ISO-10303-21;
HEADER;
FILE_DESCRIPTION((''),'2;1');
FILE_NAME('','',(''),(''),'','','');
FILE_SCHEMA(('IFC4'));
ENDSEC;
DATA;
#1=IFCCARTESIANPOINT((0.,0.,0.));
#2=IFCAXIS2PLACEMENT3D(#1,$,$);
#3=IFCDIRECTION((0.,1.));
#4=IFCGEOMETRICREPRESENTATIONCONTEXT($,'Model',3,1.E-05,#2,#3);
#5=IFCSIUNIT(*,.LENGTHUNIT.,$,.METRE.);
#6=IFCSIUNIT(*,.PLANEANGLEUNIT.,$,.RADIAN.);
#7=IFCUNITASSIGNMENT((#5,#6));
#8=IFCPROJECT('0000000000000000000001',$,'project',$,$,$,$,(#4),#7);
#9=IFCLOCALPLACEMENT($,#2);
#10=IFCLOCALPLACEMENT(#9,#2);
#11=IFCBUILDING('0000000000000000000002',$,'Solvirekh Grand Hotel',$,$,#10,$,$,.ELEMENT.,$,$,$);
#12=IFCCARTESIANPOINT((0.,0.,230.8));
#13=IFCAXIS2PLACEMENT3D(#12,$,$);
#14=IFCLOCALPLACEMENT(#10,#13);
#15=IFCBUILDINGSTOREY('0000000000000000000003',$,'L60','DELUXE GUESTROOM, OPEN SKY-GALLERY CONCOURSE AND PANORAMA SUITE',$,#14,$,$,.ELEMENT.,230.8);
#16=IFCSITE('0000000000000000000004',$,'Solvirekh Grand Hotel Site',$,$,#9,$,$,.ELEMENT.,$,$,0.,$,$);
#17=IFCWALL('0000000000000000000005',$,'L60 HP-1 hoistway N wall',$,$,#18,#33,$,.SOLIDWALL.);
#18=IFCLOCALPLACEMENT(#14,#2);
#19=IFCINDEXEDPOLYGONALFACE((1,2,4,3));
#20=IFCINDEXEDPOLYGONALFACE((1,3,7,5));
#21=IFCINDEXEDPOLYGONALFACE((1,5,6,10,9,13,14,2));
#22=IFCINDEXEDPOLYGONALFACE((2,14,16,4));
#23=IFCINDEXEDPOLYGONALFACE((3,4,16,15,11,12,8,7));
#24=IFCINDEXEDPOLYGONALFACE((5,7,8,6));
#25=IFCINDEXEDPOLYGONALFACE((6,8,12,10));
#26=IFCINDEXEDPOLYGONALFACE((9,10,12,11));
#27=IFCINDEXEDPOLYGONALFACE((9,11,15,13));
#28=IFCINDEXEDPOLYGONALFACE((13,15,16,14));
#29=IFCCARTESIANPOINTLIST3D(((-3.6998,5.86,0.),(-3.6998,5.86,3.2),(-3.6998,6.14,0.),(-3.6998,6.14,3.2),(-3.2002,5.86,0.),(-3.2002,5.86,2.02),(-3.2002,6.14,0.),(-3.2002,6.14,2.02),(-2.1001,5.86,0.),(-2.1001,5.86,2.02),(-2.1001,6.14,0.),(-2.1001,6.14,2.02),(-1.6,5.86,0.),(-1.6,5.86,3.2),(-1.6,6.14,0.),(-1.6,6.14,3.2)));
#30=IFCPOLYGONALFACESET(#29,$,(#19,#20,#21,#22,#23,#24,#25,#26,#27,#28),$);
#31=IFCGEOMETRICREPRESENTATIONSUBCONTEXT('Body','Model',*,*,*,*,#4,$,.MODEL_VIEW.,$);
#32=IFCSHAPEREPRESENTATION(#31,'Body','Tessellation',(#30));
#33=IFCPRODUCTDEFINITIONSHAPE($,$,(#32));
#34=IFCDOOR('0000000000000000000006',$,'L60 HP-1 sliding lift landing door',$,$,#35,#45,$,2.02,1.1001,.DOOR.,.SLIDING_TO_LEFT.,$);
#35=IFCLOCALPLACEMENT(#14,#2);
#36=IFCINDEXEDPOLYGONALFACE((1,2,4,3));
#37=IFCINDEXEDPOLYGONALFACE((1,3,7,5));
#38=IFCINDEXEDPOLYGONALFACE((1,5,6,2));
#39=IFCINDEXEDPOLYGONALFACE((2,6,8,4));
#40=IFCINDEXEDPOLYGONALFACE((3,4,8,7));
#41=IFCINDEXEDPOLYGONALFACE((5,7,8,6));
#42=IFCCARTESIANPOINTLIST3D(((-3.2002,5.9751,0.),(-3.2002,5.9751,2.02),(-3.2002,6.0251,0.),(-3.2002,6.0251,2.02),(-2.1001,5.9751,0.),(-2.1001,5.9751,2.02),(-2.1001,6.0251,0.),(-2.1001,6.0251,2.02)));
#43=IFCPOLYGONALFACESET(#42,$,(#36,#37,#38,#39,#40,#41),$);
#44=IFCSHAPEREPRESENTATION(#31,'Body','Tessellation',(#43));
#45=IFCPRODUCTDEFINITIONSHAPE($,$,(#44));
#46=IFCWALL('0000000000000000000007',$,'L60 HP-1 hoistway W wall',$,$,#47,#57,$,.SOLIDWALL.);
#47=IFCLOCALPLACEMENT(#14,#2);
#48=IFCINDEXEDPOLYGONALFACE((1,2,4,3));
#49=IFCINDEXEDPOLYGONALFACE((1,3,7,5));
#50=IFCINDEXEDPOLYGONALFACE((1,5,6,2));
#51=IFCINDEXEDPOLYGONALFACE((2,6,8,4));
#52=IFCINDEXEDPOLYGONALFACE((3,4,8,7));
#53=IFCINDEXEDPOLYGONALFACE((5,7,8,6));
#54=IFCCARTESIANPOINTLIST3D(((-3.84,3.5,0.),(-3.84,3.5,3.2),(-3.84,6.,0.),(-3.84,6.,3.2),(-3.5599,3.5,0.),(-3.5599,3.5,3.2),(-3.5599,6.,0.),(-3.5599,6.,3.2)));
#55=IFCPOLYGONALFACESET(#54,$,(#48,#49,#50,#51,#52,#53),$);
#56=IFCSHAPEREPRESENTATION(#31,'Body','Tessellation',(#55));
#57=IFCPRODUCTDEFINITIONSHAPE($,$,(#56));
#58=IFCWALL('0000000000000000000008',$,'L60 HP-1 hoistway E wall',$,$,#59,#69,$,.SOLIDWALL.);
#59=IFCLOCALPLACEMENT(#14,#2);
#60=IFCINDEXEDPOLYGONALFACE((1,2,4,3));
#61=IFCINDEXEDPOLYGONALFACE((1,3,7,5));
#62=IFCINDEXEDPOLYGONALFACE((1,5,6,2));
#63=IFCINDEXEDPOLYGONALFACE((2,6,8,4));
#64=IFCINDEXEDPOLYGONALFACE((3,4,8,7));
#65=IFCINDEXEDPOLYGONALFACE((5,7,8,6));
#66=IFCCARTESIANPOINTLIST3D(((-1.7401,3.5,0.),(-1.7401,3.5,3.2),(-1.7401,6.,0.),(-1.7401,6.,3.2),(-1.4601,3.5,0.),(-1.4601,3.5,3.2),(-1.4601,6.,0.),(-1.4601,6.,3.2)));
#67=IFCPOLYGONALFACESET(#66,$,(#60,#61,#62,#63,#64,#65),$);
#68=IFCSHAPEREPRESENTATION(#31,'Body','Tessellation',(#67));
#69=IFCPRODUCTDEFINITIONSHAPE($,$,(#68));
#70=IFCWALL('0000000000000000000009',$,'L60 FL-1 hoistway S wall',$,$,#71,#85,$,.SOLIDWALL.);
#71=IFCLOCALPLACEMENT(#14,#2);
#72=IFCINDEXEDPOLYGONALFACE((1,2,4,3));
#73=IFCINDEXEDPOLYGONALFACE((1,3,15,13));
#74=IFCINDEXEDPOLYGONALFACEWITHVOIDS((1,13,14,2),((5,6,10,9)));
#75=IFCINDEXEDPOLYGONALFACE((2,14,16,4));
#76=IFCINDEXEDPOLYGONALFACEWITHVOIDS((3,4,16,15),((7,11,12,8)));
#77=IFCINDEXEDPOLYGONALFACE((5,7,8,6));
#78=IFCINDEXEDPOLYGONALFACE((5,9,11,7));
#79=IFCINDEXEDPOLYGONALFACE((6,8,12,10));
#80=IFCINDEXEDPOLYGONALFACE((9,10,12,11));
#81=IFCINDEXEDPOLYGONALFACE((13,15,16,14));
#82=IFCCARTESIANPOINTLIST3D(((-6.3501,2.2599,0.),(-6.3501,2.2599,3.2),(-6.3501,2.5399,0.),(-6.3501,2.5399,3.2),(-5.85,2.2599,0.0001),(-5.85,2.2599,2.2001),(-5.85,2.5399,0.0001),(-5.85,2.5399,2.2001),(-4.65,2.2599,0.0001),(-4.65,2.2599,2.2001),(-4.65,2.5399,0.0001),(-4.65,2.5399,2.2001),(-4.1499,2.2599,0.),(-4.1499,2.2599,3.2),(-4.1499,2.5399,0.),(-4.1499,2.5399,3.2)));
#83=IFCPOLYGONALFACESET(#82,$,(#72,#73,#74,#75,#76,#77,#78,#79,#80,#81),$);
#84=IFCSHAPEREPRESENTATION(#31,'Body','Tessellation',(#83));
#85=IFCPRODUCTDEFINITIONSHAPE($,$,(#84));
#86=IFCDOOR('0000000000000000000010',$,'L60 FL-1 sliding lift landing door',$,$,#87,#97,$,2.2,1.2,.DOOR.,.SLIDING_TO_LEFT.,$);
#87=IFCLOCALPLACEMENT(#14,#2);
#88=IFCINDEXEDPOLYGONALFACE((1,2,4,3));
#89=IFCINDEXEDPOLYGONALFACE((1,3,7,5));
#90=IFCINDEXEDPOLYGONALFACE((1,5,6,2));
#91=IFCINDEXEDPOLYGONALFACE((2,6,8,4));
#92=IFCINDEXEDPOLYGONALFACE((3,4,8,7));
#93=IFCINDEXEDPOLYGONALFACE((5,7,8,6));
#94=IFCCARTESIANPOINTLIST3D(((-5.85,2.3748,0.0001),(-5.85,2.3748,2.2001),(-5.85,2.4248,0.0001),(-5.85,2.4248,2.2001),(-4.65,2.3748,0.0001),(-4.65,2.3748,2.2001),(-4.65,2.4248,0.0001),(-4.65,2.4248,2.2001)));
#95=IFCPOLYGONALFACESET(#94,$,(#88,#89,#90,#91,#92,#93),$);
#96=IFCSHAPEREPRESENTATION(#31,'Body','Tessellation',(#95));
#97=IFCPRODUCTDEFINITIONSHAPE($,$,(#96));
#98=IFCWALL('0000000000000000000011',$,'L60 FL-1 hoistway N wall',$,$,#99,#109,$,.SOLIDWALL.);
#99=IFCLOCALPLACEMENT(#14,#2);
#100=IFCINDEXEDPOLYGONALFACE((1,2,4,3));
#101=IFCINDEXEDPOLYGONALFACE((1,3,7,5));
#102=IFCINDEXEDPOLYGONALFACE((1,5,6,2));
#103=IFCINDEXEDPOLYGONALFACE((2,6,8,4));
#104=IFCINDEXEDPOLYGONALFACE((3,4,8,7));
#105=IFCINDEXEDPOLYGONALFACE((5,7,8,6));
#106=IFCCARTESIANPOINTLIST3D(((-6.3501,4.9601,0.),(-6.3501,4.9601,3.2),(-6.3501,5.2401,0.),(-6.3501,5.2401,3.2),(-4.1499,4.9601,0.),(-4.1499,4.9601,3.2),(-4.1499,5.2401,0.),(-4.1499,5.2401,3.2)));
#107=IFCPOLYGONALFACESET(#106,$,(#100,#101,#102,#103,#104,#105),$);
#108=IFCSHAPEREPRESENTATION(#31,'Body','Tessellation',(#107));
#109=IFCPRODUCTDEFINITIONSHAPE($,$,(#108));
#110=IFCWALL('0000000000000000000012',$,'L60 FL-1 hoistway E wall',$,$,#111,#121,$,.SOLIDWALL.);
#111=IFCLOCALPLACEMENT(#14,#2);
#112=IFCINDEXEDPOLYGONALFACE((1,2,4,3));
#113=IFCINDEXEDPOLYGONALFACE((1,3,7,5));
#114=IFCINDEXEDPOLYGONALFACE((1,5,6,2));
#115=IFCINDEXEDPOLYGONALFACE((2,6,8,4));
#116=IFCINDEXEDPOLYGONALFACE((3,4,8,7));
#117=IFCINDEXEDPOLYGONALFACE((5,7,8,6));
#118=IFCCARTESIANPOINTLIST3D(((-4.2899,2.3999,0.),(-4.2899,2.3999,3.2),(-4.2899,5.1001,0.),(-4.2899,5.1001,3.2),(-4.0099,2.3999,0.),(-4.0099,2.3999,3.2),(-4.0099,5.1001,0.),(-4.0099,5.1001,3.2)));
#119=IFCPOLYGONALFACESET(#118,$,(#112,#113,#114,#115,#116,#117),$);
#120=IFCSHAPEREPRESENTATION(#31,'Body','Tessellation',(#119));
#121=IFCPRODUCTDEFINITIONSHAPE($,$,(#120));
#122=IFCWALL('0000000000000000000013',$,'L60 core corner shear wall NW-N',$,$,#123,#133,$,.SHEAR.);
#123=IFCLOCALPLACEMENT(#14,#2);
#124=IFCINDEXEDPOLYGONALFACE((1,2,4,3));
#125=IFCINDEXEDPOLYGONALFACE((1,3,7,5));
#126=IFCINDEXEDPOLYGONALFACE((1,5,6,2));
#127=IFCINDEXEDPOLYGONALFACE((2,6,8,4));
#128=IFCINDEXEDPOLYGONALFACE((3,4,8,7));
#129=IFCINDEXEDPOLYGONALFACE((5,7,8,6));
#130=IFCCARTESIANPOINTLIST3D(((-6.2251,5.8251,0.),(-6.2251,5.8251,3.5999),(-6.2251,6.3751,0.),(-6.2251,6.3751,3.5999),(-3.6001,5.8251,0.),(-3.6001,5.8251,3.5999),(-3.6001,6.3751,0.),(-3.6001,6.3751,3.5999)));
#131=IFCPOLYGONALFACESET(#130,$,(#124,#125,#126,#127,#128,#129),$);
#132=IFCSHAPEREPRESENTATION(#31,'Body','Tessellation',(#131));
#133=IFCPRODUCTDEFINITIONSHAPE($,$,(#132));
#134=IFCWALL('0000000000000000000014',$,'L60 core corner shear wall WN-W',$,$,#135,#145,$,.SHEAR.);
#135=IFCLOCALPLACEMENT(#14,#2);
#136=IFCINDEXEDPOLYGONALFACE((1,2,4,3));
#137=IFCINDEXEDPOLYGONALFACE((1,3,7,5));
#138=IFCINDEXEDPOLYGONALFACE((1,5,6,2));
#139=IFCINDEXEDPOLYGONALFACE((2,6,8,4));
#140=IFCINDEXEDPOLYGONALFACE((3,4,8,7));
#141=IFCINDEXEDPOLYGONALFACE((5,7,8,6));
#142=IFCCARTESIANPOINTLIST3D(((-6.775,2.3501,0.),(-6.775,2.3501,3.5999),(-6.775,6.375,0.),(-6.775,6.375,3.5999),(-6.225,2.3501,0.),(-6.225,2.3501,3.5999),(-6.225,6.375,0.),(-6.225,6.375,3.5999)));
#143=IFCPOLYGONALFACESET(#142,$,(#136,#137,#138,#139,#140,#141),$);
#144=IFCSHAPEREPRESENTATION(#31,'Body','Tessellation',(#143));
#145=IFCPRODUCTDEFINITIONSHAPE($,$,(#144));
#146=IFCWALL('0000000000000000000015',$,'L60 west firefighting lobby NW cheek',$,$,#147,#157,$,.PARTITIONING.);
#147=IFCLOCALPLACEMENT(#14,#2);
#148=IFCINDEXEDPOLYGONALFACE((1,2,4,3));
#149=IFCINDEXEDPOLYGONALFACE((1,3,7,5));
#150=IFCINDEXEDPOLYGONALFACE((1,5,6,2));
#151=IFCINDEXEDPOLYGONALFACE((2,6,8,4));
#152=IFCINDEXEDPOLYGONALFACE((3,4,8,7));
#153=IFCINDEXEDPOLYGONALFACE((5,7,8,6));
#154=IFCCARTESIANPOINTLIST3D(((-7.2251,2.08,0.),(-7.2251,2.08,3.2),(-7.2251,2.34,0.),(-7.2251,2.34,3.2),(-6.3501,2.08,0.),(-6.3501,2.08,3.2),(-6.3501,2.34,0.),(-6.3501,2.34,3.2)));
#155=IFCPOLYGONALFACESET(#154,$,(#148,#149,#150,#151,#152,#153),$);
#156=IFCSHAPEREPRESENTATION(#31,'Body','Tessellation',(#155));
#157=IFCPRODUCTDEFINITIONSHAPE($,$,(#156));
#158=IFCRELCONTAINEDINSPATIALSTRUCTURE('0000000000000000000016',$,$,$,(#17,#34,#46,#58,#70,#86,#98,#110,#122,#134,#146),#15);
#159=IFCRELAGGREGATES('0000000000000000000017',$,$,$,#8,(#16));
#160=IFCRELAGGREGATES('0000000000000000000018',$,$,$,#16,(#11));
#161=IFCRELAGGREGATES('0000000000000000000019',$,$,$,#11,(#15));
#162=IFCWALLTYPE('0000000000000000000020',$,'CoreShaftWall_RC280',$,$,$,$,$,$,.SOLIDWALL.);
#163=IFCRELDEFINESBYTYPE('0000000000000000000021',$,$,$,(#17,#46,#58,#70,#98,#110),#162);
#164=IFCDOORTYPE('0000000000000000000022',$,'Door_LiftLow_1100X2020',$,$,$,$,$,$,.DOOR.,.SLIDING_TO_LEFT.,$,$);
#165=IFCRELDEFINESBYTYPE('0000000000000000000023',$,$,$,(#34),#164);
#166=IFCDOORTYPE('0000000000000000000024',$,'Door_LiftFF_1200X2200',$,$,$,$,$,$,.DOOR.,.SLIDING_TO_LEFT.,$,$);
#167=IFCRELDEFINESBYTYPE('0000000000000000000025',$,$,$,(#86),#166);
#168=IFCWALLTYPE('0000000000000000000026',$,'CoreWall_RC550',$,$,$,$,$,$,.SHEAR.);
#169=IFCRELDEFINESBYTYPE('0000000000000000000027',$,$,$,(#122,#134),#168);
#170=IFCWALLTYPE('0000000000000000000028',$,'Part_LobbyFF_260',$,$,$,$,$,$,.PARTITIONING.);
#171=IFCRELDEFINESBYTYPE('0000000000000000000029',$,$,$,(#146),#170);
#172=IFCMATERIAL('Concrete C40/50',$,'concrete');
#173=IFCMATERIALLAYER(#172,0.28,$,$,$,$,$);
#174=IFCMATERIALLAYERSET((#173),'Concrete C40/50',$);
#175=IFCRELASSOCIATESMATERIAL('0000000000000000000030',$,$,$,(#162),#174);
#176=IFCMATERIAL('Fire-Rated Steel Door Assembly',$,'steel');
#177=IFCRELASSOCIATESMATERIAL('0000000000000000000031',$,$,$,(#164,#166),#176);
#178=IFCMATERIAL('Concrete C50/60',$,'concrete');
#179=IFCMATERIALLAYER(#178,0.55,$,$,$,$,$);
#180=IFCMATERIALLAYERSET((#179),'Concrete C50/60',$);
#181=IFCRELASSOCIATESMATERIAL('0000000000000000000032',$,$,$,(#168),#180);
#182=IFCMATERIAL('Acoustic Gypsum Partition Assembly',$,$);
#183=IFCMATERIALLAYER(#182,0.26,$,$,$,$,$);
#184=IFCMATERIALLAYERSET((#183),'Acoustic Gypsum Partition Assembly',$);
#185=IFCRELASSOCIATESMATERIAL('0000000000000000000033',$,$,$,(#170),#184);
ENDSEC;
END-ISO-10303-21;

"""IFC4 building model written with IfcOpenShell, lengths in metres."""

from ifc_helpers import new_model, si_unit, direction, frame, frame_2d, origin, place, context, subcontext, project, spatial, rectangle, extrude, material, layer, layer_set, type_object, element, fill, save


model = new_model("IFC4")

# Units and contexts
model_context = context("Model", 3, precision=1e-05, world=origin(), true_north=direction((0.0, 1.0)))
body_context = subcontext(model_context, "Body", "Model", "MODEL_VIEW")
ifc_project = project(units=[si_unit("LENGTHUNIT", "METRE"), si_unit("PLANEANGLEUNIT", "RADIAN")], contexts=[model_context])

# Site, building, storey
site_placement = place(None, origin())
site = spatial("IfcSite", under=ifc_project, at=site_placement, Name="Solvirekh Grand Hotel Site", CompositionType="ELEMENT", RefElevation=0.0)
building_placement = place(site_placement, origin())
building = spatial("IfcBuilding", under=site, at=building_placement, Name="Solvirekh Grand Hotel", CompositionType="ELEMENT")
storey_placement = place(building_placement, frame((0.0, 0.0, 230.8)))
storey = spatial("IfcBuildingStorey", under=building, at=storey_placement, Name="L60", Description="DELUXE GUESTROOM, OPEN SKY-GALLERY CONCOURSE AND PANORAMA SUITE", CompositionType="ELEMENT", Elevation=230.8)

# Shared definitions
ifc_material_1 = material(Name="Concrete C50/60", Category="concrete")

# Wall, opening, door
ifc_material_2 = material(Name="Concrete C40/50", Category="concrete")
ifc_layer_1 = layer(ifc_material_2, 0.28)
ifc_layer_set_1 = layer_set([ifc_layer_1], Name="Concrete C40/50")
wall_type_1 = type_object("IfcWallType", Name="CoreShaftWall_RC280", PredefinedType="SOLIDWALL", material=ifc_layer_set_1)
wall_1_placement = place(storey_placement, frame((-1.6001, 6.0, 0.0), z_axis=(0.0, 0.0, 1.0), x_axis=(-1.0, 0.0, 0.0)))
wall_1 = element("IfcWall", 1, at=wall_1_placement, inside=storey, type_object=wall_type_1, Name="L60 HP-1 hoistway N wall", PredefinedType="SOLIDWALL", context=body_context, shape_type="SweptSolid", body=[
    extrude(rectangle(XDim=2.0999, YDim=0.28, at=frame_2d((1.0498, 0.0))), origin(), (0.0, 0.0, 1.0), 3.2),
])
opening_1_placement = place(wall_1_placement, frame((0.5, 0.0, 0.0)))
opening_1 = element("IfcOpeningElement", 2, at=opening_1_placement, cuts=wall_1, PredefinedType="OPENING", context=body_context, shape_type="SweptSolid", body=[
    extrude(rectangle(XDim=1.1001, YDim=2.02, at=frame_2d((0.55, 1.01))), frame((0.0, 0.1499, 0.0), z_axis=(0.0, -1.0, 0.0), x_axis=(1.0, 0.0, 0.0)), (0.0, 0.0, 1.0), 0.3),
])
ifc_material_3 = material(Name="Fire-Rated Steel Door Assembly", Category="steel")
door_type_1 = type_object("IfcDoorType", Name="Door_LiftLow_1100X2020", OperationType="SLIDING_TO_LEFT", PredefinedType="DOOR", material=ifc_material_3)
door_1_placement = place(opening_1_placement, origin())
door_1 = element("IfcDoor", 3, at=door_1_placement, inside=storey, type_object=door_type_1, Name="L60 HP-1 sliding lift landing door", OperationType="SLIDING_TO_LEFT", OverallHeight=2.02, OverallWidth=1.1001, PredefinedType="DOOR", context=body_context, shape_type="SweptSolid", body=[
    extrude(rectangle(XDim=1.1001, YDim=2.02, at=frame_2d((0.55, 1.01))), frame((0.0, 0.0249, 0.0), z_axis=(0.0, -1.0, 0.0), x_axis=(1.0, 0.0, 0.0)), (0.0, 0.0, 1.0), 0.05),
])
fill(opening_1, door_1)

# Walls
for number, where, z_axis, x_axis, name in (
    (4, (-3.7, 6.0, 0.0), (0.0, 0.0, 1.0), (0.0, -1.0, 0.0), "L60 HP-1 hoistway W wall"),
    (5, (-1.6001, 3.5, 0.0), (0.0, 0.0, 1.0), (0.0, 1.0, 0.0), "L60 HP-1 hoistway E wall"),
):
    element("IfcWall", number, at=place(storey_placement, frame(where, z_axis=z_axis, x_axis=x_axis)), inside=storey, type_object=wall_type_1, Name=name, PredefinedType="SOLIDWALL", context=body_context, shape_type="SweptSolid", body=[
        extrude(rectangle(XDim=2.5, YDim=0.28, at=frame_2d((1.25, 0.0))), origin(), (0.0, 0.0, 1.0), 3.2),
    ])

# Wall, opening, door
wall_2_placement = place(storey_placement, frame((-6.3501, 2.3999, 0.0), z_axis=(0.0, 0.0, 1.0), x_axis=(1.0, 0.0, 0.0)))
wall_2 = element("IfcWall", 6, at=wall_2_placement, inside=storey, type_object=wall_type_1, Name="L60 FL-1 hoistway S wall", PredefinedType="SOLIDWALL", context=body_context, shape_type="SweptSolid", body=[
    extrude(rectangle(XDim=2.2002, YDim=0.28, at=frame_2d((1.1001, 0.0))), origin(), (0.0, 0.0, 1.0), 3.2),
])
opening_2_placement = place(wall_2_placement, frame((0.5, 0.0, 0.0)))
opening_2 = element("IfcOpeningElement", 7, at=opening_2_placement, cuts=wall_2, PredefinedType="OPENING", context=body_context, shape_type="SweptSolid", body=[
    extrude(rectangle(XDim=1.2, YDim=2.2, at=frame_2d((0.6001, 1.1001))), frame((0.0, 0.1499, 0.0), z_axis=(0.0, -1.0, 0.0), x_axis=(1.0, 0.0, 0.0)), (0.0, 0.0, 1.0), 0.3),
])
door_type_2 = type_object("IfcDoorType", Name="Door_LiftFF_1200X2200", OperationType="SLIDING_TO_LEFT", PredefinedType="DOOR", material=ifc_material_3)
door_2_placement = place(opening_2_placement, origin())
door_2 = element("IfcDoor", 8, at=door_2_placement, inside=storey, type_object=door_type_2, Name="L60 FL-1 sliding lift landing door", OperationType="SLIDING_TO_LEFT", OverallHeight=2.2, OverallWidth=1.2, PredefinedType="DOOR", context=body_context, shape_type="SweptSolid", body=[
    extrude(rectangle(XDim=1.2, YDim=2.2, at=frame_2d((0.6001, 1.1001))), frame((0.0, 0.0249, 0.0), z_axis=(0.0, -1.0, 0.0), x_axis=(1.0, 0.0, 0.0)), (0.0, 0.0, 1.0), 0.05),
])
fill(opening_2, door_2)

# Walls
wall_3_placement = place(storey_placement, frame((-4.1499, 5.1001, 0.0), z_axis=(0.0, 0.0, 1.0), x_axis=(-1.0, 0.0, 0.0)))
element("IfcWall", 9, at=wall_3_placement, inside=storey, type_object=wall_type_1, Name="L60 FL-1 hoistway N wall", PredefinedType="SOLIDWALL", context=body_context, shape_type="SweptSolid", body=[
    extrude(rectangle(XDim=2.2002, YDim=0.28, at=frame_2d((1.1001, 0.0))), origin(), (0.0, 0.0, 1.0), 3.2),
])
wall_4_placement = place(storey_placement, frame((-4.1499, 2.3999, 0.0), z_axis=(0.0, 0.0, 1.0), x_axis=(0.0, 1.0, 0.0)))
element("IfcWall", 10, at=wall_4_placement, inside=storey, type_object=wall_type_1, Name="L60 FL-1 hoistway E wall", PredefinedType="SOLIDWALL", context=body_context, shape_type="SweptSolid", body=[
    extrude(rectangle(XDim=2.7002, YDim=0.28, at=frame_2d((1.3501, 0.0))), origin(), (0.0, 0.0, 1.0), 3.2),
])
ifc_layer_2 = layer(ifc_material_1, 0.55)
ifc_layer_set_2 = layer_set([ifc_layer_2], Name="Concrete C50/60")
wall_type_2 = type_object("IfcWallType", Name="CoreWall_RC550", PredefinedType="SHEAR", material=ifc_layer_set_2)
wall_5_placement = place(storey_placement, frame((-6.2251, 6.1001, 0.0), z_axis=(0.0, 0.0, 1.0), x_axis=(1.0, 0.0, 0.0)))
element("IfcWall", 11, at=wall_5_placement, inside=storey, type_object=wall_type_2, Name="L60 core corner shear wall NW-N", PredefinedType="SHEAR", context=body_context, shape_type="SweptSolid", body=[
    extrude(rectangle(XDim=2.625, YDim=0.55, at=frame_2d((1.3125, 0.0))), origin(), (0.0, 0.0, 1.0), 3.5999),
])
wall_6_placement = place(storey_placement, frame((-6.5, 2.3501, 0.0), z_axis=(0.0, 0.0, 1.0), x_axis=(0.0, 1.0, 0.0)))
element("IfcWall", 12, at=wall_6_placement, inside=storey, type_object=wall_type_2, Name="L60 core corner shear wall WN-W", PredefinedType="SHEAR", context=body_context, shape_type="SweptSolid", body=[
    extrude(rectangle(XDim=4.0249, YDim=0.55, at=frame_2d((2.0125, 0.0))), origin(), (0.0, 0.0, 1.0), 3.5999),
])
ifc_material_4 = material(Name="Acoustic Gypsum Partition Assembly")
ifc_layer_3 = layer(ifc_material_4, 0.26)
ifc_layer_set_3 = layer_set([ifc_layer_3], Name="Acoustic Gypsum Partition Assembly")
wall_type_3 = type_object("IfcWallType", Name="Part_LobbyFF_260", PredefinedType="PARTITIONING", material=ifc_layer_set_3)
wall_7_placement = place(storey_placement, frame((-7.2251, 2.21, 0.0), z_axis=(0.0, 0.0, 1.0), x_axis=(1.0, 0.0, 0.0)))
element("IfcWall", 13, at=wall_7_placement, inside=storey, type_object=wall_type_3, Name="L60 west firefighting lobby NW cheek", PredefinedType="PARTITIONING", context=body_context, shape_type="SweptSolid", body=[
    extrude(rectangle(XDim=0.875, YDim=0.26, at=frame_2d((0.4375, 0.0))), origin(), (0.0, 0.0, 1.0), 3.2),
])

save(model, "model.ifc")
